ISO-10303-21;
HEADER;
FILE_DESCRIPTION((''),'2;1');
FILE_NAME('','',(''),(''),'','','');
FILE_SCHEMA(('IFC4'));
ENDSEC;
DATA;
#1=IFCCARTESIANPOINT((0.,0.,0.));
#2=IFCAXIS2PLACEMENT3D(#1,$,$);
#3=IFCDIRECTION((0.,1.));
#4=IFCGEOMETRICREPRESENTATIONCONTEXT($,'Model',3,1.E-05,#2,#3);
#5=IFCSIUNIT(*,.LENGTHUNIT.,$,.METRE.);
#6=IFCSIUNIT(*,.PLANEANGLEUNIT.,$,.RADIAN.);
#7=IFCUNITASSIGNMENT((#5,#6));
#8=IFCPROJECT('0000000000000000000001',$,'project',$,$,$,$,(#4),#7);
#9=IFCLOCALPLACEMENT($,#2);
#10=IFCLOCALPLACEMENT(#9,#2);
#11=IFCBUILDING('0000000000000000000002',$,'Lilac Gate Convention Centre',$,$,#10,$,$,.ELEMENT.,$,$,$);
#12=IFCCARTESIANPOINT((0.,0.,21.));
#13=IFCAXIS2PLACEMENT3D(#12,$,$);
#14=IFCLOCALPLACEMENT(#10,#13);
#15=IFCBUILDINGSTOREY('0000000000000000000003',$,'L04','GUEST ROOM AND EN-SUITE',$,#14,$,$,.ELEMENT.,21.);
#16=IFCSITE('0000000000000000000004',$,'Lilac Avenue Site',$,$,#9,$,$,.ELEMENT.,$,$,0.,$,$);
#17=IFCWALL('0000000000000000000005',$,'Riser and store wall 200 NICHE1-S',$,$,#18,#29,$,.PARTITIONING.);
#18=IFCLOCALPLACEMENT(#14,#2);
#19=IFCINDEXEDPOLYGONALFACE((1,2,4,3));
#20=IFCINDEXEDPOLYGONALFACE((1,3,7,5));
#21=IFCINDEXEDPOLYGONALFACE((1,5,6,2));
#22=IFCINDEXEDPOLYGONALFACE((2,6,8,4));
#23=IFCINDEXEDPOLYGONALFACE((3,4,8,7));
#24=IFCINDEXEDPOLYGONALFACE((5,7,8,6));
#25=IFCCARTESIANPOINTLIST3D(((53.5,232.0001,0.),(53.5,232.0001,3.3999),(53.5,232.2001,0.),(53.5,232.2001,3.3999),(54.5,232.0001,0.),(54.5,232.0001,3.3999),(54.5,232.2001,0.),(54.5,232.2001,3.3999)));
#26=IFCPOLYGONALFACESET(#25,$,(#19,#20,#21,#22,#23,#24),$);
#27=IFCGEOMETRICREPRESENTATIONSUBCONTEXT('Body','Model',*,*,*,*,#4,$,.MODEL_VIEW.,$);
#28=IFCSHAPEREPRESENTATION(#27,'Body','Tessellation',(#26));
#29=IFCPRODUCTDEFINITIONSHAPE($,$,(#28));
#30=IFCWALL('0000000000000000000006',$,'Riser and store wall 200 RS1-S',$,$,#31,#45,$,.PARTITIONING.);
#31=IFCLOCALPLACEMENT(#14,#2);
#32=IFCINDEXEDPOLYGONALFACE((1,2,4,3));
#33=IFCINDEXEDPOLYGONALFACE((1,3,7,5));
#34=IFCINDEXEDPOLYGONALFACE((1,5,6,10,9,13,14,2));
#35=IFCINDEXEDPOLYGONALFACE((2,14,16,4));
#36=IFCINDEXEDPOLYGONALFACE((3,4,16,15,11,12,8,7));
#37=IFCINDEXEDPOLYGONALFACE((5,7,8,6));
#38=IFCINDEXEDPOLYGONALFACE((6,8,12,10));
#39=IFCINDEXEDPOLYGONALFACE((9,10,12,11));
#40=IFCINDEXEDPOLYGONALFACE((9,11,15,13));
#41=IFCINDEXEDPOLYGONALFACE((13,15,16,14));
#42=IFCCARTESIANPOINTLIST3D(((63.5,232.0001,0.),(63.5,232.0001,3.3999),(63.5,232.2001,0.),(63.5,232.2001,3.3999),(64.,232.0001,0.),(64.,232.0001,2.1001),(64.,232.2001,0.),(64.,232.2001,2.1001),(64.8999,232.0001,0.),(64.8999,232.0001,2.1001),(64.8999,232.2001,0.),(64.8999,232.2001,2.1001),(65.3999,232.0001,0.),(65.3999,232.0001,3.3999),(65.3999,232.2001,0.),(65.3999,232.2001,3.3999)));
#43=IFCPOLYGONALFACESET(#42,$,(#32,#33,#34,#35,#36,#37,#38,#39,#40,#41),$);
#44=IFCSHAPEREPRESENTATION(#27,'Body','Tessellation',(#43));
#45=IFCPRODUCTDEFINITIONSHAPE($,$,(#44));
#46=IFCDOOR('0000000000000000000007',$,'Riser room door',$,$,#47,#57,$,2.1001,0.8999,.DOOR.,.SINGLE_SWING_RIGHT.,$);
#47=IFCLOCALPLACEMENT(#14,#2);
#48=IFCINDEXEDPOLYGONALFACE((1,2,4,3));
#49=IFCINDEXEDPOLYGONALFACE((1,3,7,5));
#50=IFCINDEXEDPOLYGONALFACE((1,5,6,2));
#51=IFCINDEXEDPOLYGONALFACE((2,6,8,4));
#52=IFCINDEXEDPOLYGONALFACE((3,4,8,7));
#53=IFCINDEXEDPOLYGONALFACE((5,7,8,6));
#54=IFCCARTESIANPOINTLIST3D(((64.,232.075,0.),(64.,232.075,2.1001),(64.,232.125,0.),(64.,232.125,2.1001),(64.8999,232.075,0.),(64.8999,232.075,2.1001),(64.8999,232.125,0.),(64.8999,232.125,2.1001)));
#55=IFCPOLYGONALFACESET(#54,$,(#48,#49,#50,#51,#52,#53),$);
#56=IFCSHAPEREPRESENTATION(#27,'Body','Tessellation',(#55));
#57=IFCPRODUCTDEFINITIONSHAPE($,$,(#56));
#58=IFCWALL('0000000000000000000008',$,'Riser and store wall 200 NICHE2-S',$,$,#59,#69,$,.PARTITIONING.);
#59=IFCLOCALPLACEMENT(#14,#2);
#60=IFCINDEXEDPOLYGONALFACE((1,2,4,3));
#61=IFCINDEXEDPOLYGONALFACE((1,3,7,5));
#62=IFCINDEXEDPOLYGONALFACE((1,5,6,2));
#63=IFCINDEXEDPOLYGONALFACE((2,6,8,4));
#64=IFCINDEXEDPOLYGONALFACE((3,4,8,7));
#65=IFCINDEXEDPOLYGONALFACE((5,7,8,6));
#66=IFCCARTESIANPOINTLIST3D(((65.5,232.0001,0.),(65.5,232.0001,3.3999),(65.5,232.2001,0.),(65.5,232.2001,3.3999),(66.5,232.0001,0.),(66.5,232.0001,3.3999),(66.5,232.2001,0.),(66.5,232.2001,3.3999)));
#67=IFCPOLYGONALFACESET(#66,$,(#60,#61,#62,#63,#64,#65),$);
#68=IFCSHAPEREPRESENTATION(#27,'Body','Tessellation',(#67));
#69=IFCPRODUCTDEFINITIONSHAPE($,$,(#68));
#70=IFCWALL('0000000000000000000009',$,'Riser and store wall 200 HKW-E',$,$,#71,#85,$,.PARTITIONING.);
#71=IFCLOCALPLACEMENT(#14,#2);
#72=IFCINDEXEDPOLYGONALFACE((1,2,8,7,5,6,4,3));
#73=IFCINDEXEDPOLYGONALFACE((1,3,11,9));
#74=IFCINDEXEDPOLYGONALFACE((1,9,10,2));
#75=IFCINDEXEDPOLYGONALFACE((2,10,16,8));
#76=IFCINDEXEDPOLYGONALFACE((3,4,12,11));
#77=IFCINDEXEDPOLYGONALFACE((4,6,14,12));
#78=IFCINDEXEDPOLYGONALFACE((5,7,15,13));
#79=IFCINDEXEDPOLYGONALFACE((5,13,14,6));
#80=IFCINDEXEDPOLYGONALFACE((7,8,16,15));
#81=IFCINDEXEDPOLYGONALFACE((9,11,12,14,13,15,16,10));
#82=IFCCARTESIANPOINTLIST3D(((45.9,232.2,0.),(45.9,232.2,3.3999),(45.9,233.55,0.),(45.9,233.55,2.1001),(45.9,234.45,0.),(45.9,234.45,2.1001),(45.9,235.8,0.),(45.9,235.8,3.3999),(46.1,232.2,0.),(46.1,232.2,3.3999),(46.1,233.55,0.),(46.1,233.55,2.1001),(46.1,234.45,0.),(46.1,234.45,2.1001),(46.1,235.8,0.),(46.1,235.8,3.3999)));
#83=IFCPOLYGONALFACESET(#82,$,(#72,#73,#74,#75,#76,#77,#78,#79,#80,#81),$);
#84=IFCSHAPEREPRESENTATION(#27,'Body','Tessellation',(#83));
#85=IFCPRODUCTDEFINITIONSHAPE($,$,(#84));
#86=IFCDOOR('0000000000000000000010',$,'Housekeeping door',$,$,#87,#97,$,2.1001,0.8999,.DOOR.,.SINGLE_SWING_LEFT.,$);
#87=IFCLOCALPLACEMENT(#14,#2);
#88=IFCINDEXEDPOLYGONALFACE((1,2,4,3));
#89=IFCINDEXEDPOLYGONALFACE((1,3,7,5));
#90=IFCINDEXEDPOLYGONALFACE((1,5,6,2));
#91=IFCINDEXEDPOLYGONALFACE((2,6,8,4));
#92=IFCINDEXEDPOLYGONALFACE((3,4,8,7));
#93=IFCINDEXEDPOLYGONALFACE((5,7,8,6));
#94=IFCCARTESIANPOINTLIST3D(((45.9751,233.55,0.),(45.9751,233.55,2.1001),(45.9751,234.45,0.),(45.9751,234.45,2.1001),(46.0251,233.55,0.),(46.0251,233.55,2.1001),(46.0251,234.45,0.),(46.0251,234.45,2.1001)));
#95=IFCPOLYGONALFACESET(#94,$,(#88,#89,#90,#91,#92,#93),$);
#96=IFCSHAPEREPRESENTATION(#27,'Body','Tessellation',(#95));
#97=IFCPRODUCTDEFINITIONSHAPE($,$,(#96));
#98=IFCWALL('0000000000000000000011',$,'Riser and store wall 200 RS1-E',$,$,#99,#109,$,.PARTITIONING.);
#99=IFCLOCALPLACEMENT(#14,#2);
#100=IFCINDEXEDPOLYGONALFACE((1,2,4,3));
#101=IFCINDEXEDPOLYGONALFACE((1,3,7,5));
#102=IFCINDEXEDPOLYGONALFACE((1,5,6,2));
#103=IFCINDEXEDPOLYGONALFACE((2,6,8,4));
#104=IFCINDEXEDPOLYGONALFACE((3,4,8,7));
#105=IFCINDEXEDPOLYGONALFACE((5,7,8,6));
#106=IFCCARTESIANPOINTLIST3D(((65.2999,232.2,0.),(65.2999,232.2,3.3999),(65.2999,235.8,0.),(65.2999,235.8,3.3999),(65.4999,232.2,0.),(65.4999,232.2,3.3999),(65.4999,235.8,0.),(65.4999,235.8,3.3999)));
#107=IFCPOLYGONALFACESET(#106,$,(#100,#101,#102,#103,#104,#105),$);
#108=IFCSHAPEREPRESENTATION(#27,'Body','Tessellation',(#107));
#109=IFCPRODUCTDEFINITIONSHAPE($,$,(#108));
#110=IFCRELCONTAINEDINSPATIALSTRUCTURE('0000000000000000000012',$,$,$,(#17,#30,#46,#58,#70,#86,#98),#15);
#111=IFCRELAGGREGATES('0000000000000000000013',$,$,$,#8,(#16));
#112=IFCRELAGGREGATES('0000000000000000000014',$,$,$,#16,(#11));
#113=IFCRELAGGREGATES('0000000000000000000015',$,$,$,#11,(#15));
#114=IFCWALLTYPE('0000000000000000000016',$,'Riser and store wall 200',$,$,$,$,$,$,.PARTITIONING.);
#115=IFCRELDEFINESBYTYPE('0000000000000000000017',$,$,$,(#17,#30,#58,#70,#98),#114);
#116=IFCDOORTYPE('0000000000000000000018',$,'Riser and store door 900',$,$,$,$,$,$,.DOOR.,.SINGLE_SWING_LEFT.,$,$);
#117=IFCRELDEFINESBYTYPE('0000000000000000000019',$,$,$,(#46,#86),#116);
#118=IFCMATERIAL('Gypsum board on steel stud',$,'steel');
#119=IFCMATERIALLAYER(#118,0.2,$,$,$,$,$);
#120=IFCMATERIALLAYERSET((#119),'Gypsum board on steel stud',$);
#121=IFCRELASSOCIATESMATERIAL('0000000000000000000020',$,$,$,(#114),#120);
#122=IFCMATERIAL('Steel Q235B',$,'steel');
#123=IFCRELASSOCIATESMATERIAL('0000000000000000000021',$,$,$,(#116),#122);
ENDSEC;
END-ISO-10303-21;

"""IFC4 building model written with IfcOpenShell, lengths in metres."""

from ifc_helpers import new_model, si_unit, direction, frame, frame_2d, origin, place, context, subcontext, project, spatial, rectangle, extrude, material, layer, layer_set, type_object, element, fill, save


model = new_model("IFC4")

# Units and contexts
model_context = context("Model", 3, precision=1e-05, world=origin(), true_north=direction((0.0, 1.0)))
body_context = subcontext(model_context, "Body", "Model", "MODEL_VIEW")
ifc_project = project(units=[si_unit("LENGTHUNIT", "METRE"), si_unit("PLANEANGLEUNIT", "RADIAN")], contexts=[model_context])

# Site, building, storey
site_placement = place(None, origin())
site = spatial("IfcSite", under=ifc_project, at=site_placement, Name="Lilac Avenue Site", CompositionType="ELEMENT", RefElevation=0.0)
building_placement = place(site_placement, origin())
building = spatial("IfcBuilding", under=site, at=building_placement, Name="Lilac Gate Convention Centre", CompositionType="ELEMENT")
storey_placement = place(building_placement, frame((0.0, 0.0, 21.0)))
storey = spatial("IfcBuildingStorey", under=building, at=storey_placement, Name="L04", Description="GUEST ROOM AND EN-SUITE", CompositionType="ELEMENT", Elevation=21.0)

# Shared definitions
ifc_material_1 = material(Name="Gypsum board on steel stud", Category="steel")

# Wall
ifc_layer_1 = layer(ifc_material_1, 0.2)
ifc_layer_set_1 = layer_set([ifc_layer_1], Name="Gypsum board on steel stud")
wall_type_1 = type_object("IfcWallType", Name="Riser and store wall 200", PredefinedType="PARTITIONING", material=ifc_layer_set_1)
wall_1_placement = place(storey_placement, frame((53.5, 232.1001, 0.0), z_axis=(0.0, 0.0, 1.0), x_axis=(1.0, 0.0, 0.0)))
element("IfcWall", 1, at=wall_1_placement, inside=storey, type_object=wall_type_1, Name="Riser and store wall 200 NICHE1-S", PredefinedType="PARTITIONING", context=body_context, shape_type="SweptSolid", body=[
    extrude(rectangle(XDim=1.0, YDim=0.2, at=frame_2d((0.5, 0.0))), origin(), (0.0, 0.0, 1.0), 3.3999),
])

# Wall, opening, door
wall_2_placement = place(storey_placement, frame((63.5, 232.1001, 0.0), z_axis=(0.0, 0.0, 1.0), x_axis=(1.0, 0.0, 0.0)))
wall_2 = element("IfcWall", 2, at=wall_2_placement, inside=storey, type_object=wall_type_1, Name="Riser and store wall 200 RS1-S", PredefinedType="PARTITIONING", context=body_context, shape_type="SweptSolid", body=[
    extrude(rectangle(XDim=1.8999, YDim=0.2, at=frame_2d((0.95, 0.0))), origin(), (0.0, 0.0, 1.0), 3.3999),
])
opening_1_placement = place(wall_2_placement, frame((0.5, 0.0, 0.0)))
opening_1 = element("IfcOpeningElement", 3, at=opening_1_placement, cuts=wall_2, PredefinedType="OPENING", context=body_context, shape_type="SweptSolid", body=[
    extrude(rectangle(XDim=0.8999, YDim=2.1001, at=frame_2d((0.45, 1.05))), frame((0.0, 0.1099, 0.0), z_axis=(0.0, -1.0, 0.0), x_axis=(1.0, 0.0, 0.0)), (0.0, 0.0, 1.0), 0.22),
])
ifc_material_2 = material(Name="Steel Q235B", Category="steel")
door_type_1 = type_object("IfcDoorType", Name="Riser and store door 900", OperationType="SINGLE_SWING_LEFT", PredefinedType="DOOR", material=ifc_material_2)
door_1_placement = place(opening_1_placement, origin())
door_1 = element("IfcDoor", 4, at=door_1_placement, inside=storey, type_object=door_type_1, Name="Riser room door", OperationType="SINGLE_SWING_RIGHT", OverallHeight=2.1001, OverallWidth=0.8999, PredefinedType="DOOR", context=body_context, shape_type="SweptSolid", body=[
    extrude(rectangle(XDim=0.8999, YDim=2.1001, at=frame_2d((0.45, 1.05))), frame((0.0, 0.0249, 0.0), z_axis=(0.0, -1.0, 0.0), x_axis=(1.0, 0.0, 0.0)), (0.0, 0.0, 1.0), 0.05),
])
fill(opening_1, door_1)

# Wall
wall_3_placement = place(storey_placement, frame((65.5, 232.1001, 0.0), z_axis=(0.0, 0.0, 1.0), x_axis=(1.0, 0.0, 0.0)))
element("IfcWall", 5, at=wall_3_placement, inside=storey, type_object=wall_type_1, Name="Riser and store wall 200 NICHE2-S", PredefinedType="PARTITIONING", context=body_context, shape_type="SweptSolid", body=[
    extrude(rectangle(XDim=1.0, YDim=0.2, at=frame_2d((0.5, 0.0))), origin(), (0.0, 0.0, 1.0), 3.3999),
])

# Wall, opening, door
wall_4_placement = place(storey_placement, frame((46.0, 232.2, 0.0), z_axis=(0.0, 0.0, 1.0), x_axis=(0.0, 1.0, 0.0)))
wall_4 = element("IfcWall", 6, at=wall_4_placement, inside=storey, type_object=wall_type_1, Name="Riser and store wall 200 HKW-E", PredefinedType="PARTITIONING", context=body_context, shape_type="SweptSolid", body=[
    extrude(rectangle(XDim=3.6001, YDim=0.2, at=frame_2d((1.8, 0.0))), origin(), (0.0, 0.0, 1.0), 3.3999),
])
opening_2_placement = place(wall_4_placement, frame((1.3501, 0.0, 0.0)))
opening_2 = element("IfcOpeningElement", 7, at=opening_2_placement, cuts=wall_4, PredefinedType="OPENING", context=body_context, shape_type="SweptSolid", body=[
    extrude(rectangle(XDim=0.8999, YDim=2.1001, at=frame_2d((0.45, 1.05))), frame((0.0, 0.1099, 0.0), z_axis=(0.0, -1.0, 0.0), x_axis=(1.0, 0.0, 0.0)), (0.0, 0.0, 1.0), 0.22),
])
door_2_placement = place(opening_2_placement, origin())
door_2 = element("IfcDoor", 8, at=door_2_placement, inside=storey, type_object=door_type_1, Name="Housekeeping door", OperationType="SINGLE_SWING_LEFT", OverallHeight=2.1001, OverallWidth=0.8999, PredefinedType="DOOR", context=body_context, shape_type="SweptSolid", body=[
    extrude(rectangle(XDim=0.8999, YDim=2.1001, at=frame_2d((0.45, 1.05))), frame((0.0, 0.0249, 0.0), z_axis=(0.0, -1.0, 0.0), x_axis=(1.0, 0.0, 0.0)), (0.0, 0.0, 1.0), 0.05),
])
fill(opening_2, door_2)

# Wall
wall_5_placement = place(storey_placement, frame((65.3999, 232.2, 0.0), z_axis=(0.0, 0.0, 1.0), x_axis=(0.0, 1.0, 0.0)))
element("IfcWall", 9, at=wall_5_placement, inside=storey, type_object=wall_type_1, Name="Riser and store wall 200 RS1-E", PredefinedType="PARTITIONING", context=body_context, shape_type="SweptSolid", body=[
    extrude(rectangle(XDim=3.6001, YDim=0.2, at=frame_2d((1.8, 0.0))), origin(), (0.0, 0.0, 1.0), 3.3999),
])

save(model, "model.ifc")
